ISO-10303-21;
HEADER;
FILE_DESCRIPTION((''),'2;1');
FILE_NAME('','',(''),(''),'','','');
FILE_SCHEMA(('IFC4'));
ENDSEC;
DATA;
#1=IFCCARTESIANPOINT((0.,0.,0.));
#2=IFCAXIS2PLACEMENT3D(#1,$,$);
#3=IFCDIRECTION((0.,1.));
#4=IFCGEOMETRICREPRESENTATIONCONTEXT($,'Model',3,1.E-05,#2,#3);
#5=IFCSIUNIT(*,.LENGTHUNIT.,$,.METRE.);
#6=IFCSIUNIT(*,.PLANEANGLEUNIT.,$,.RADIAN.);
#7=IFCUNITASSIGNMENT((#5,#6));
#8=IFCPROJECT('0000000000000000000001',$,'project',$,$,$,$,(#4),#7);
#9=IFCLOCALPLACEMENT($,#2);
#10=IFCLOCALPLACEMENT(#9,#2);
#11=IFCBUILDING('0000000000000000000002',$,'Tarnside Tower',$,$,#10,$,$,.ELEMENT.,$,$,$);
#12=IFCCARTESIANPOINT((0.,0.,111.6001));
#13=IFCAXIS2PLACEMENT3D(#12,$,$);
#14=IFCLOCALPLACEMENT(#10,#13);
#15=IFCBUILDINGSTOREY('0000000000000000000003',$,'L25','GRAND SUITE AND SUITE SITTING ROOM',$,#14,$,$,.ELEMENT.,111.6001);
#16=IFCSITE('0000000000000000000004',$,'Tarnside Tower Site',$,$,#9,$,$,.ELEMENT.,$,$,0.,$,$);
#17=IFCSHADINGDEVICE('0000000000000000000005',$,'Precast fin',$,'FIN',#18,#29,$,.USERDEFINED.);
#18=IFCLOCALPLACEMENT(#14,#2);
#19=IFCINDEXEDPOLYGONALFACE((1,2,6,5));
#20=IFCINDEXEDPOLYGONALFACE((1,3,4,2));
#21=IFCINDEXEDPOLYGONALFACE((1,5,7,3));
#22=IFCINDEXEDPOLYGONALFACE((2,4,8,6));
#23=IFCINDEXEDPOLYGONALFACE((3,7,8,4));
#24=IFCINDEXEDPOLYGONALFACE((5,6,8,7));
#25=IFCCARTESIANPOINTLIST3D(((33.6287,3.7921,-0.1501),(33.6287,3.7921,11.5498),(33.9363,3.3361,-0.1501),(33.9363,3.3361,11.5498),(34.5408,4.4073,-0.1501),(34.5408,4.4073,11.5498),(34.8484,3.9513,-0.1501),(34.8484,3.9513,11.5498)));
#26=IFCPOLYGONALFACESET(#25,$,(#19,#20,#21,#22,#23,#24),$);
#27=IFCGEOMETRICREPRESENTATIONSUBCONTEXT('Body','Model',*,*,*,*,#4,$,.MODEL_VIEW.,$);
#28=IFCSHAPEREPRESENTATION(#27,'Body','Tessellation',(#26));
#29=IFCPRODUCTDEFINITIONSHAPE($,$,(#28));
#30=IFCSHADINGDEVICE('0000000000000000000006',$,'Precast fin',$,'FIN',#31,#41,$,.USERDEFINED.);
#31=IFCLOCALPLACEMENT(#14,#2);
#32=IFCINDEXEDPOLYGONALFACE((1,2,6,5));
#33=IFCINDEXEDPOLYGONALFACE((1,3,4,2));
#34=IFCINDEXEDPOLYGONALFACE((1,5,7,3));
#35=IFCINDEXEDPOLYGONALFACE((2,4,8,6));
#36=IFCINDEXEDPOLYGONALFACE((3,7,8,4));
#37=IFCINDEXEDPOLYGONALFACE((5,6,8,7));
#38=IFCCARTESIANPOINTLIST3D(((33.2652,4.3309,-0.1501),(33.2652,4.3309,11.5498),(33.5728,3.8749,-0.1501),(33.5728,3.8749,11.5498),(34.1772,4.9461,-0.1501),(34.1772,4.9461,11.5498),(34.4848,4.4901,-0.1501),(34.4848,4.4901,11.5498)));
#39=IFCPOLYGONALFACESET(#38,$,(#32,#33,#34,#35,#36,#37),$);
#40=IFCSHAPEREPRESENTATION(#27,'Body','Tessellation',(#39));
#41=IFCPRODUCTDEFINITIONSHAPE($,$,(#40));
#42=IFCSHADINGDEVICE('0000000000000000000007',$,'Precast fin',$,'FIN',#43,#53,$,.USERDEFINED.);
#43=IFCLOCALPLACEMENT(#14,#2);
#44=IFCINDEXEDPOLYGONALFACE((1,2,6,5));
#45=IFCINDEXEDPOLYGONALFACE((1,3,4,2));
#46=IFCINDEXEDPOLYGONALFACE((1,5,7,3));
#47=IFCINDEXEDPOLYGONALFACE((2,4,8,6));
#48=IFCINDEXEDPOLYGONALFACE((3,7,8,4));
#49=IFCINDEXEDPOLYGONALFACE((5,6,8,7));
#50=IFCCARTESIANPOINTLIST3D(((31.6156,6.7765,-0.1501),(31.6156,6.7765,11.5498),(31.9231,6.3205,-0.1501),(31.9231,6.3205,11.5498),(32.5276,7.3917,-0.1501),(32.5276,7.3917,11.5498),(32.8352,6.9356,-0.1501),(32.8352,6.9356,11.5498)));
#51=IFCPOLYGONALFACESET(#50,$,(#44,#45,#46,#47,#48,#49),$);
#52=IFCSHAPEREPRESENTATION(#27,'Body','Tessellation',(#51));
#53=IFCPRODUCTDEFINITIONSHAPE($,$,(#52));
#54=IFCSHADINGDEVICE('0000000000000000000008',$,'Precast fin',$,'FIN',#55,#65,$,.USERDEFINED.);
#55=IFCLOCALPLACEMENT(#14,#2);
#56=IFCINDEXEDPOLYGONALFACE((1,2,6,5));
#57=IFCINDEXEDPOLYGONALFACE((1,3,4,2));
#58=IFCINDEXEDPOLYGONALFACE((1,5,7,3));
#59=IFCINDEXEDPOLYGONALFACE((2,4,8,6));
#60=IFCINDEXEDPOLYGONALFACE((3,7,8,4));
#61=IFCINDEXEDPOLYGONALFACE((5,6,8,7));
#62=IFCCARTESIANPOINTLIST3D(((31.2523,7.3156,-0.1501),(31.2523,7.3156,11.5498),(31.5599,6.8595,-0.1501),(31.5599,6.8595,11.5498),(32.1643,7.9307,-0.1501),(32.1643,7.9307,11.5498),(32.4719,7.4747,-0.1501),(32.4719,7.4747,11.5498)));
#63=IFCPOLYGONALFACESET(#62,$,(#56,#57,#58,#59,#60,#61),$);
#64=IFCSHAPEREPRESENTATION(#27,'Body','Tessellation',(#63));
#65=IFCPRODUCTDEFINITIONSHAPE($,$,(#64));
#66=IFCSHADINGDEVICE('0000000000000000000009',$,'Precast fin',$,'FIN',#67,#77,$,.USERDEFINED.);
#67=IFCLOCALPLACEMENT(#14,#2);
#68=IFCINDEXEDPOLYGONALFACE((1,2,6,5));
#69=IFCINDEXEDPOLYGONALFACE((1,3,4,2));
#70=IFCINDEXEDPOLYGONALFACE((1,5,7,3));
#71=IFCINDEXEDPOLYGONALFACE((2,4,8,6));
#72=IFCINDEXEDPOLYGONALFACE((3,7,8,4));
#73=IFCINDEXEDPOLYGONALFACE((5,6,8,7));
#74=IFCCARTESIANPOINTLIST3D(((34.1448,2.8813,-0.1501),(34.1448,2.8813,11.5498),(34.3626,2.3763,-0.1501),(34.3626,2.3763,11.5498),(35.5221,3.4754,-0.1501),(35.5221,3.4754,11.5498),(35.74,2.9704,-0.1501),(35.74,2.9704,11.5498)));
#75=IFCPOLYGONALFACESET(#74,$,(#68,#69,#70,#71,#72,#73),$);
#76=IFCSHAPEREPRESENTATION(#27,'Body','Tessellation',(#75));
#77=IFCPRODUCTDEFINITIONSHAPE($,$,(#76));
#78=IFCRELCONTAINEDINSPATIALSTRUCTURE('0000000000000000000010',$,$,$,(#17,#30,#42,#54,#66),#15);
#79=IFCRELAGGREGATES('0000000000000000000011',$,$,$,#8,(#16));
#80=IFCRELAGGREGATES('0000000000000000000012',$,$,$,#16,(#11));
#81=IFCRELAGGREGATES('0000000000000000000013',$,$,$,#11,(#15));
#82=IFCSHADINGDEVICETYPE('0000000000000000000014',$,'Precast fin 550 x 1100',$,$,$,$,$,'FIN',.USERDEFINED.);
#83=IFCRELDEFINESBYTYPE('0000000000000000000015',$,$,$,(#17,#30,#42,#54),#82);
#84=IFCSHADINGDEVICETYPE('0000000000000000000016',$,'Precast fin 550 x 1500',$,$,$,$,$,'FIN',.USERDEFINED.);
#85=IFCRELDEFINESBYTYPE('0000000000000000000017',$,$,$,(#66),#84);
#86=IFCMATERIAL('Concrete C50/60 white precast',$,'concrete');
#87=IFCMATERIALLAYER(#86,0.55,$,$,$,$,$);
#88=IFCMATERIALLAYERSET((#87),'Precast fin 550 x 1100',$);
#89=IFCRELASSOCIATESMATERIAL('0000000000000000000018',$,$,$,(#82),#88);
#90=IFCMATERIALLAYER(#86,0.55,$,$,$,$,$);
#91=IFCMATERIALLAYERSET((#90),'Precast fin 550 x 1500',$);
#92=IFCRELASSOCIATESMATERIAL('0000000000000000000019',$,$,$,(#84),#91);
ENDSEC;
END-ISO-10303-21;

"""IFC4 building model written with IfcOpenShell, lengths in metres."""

from ifc_helpers import new_model, si_unit, direction, frame, origin, place, context, subcontext, project, spatial, polyline, outline, extrude, material, layer, layer_set, type_object, element, save


model = new_model("IFC4")

# Units and contexts
model_context = context("Model", 3, precision=1e-05, world=origin(), true_north=direction((0.0, 1.0)))
body_context = subcontext(model_context, "Body", "Model", "MODEL_VIEW")
ifc_project = project(units=[si_unit("LENGTHUNIT", "METRE"), si_unit("PLANEANGLEUNIT", "RADIAN")], contexts=[model_context])

# Site, building, storey
site_placement = place(None, origin())
site = spatial("IfcSite", under=ifc_project, at=site_placement, Name="Tarnside Tower Site", CompositionType="ELEMENT", RefElevation=0.0)
building_placement = place(site_placement, origin())
building = spatial("IfcBuilding", under=site, at=building_placement, Name="Tarnside Tower", CompositionType="ELEMENT")
storey_placement = place(building_placement, frame((0.0, 0.0, 111.6001)))
storey = spatial("IfcBuildingStorey", under=building, at=storey_placement, Name="L25", Description="GRAND SUITE AND SUITE SITTING ROOM", CompositionType="ELEMENT", Elevation=111.6001)

# Shading devices
ifc_material_1 = material(Name="Concrete C50/60 white precast", Category="concrete")
ifc_layer_1 = layer(ifc_material_1, 0.55)
ifc_layer_set_1 = layer_set([ifc_layer_1], Name="Precast fin 550 x 1100")
shading_device_type_1 = type_object("IfcShadingDeviceType", Name="Precast fin 550 x 1100", ElementType="FIN", PredefinedType="USERDEFINED", material=ifc_layer_set_1)
for number, where, z_axis, x_axis, name in (
    (1, (33.7825, 3.5642, -0.1501), (0.559193, -0.829038, 0.0), (0.829038, 0.559193, 0.0), "Precast fin"),
    (2, (33.4189, 4.103, -0.1501), (0.559193, -0.829038, 0.0), (0.829038, 0.559193, 0.0), "Precast fin"),
    (3, (31.7693, 6.5486, -0.1501), (0.559193, -0.829038, 0.0), (0.829038, 0.559193, 0.0), "Precast fin"),
    (4, (31.406, 7.0876, -0.1501), (0.559193, -0.829038, 0.0), (0.829038, 0.559193, 0.0), "Precast fin"),
):
    element("IfcShadingDevice", number, at=place(storey_placement, frame(where, z_axis=z_axis, x_axis=x_axis)), inside=storey, type_object=shading_device_type_1, Name=name, ObjectType="FIN", PredefinedType="USERDEFINED", context=body_context, shape_type="SweptSolid", body=[
        extrude(outline(polyline([(0.0, 0.0), (1.1001, 0.0), (1.1001, 11.7), (0.0, 11.7), (0.0, 0.0)])), frame((0.0, 0.0, -0.2749)), (0.0, 0.0, 1.0), 0.55),
    ])
ifc_layer_2 = layer(ifc_material_1, 0.55)
ifc_layer_set_2 = layer_set([ifc_layer_2], Name="Precast fin 550 x 1500")
shading_device_type_2 = type_object("IfcShadingDeviceType", Name="Precast fin 550 x 1500", ElementType="FIN", PredefinedType="USERDEFINED", material=ifc_layer_set_2)
shading_device_placement = place(storey_placement, frame((34.2537, 2.6289, -0.1501), z_axis=(0.39608, -0.918216, 0.0), x_axis=(0.918216, 0.39608, 0.0)))
element("IfcShadingDevice", 5, at=shading_device_placement, inside=storey, type_object=shading_device_type_2, Name="Precast fin", ObjectType="FIN", PredefinedType="USERDEFINED", context=body_context, shape_type="SweptSolid", body=[
    extrude(outline(polyline([(0.0, 0.0), (1.5, 0.0), (1.5, 11.7), (0.0, 11.7), (0.0, 0.0)])), frame((0.0, 0.0, -0.2749)), (0.0, 0.0, 1.0), 0.55),
])

save(model, "model.ifc")
